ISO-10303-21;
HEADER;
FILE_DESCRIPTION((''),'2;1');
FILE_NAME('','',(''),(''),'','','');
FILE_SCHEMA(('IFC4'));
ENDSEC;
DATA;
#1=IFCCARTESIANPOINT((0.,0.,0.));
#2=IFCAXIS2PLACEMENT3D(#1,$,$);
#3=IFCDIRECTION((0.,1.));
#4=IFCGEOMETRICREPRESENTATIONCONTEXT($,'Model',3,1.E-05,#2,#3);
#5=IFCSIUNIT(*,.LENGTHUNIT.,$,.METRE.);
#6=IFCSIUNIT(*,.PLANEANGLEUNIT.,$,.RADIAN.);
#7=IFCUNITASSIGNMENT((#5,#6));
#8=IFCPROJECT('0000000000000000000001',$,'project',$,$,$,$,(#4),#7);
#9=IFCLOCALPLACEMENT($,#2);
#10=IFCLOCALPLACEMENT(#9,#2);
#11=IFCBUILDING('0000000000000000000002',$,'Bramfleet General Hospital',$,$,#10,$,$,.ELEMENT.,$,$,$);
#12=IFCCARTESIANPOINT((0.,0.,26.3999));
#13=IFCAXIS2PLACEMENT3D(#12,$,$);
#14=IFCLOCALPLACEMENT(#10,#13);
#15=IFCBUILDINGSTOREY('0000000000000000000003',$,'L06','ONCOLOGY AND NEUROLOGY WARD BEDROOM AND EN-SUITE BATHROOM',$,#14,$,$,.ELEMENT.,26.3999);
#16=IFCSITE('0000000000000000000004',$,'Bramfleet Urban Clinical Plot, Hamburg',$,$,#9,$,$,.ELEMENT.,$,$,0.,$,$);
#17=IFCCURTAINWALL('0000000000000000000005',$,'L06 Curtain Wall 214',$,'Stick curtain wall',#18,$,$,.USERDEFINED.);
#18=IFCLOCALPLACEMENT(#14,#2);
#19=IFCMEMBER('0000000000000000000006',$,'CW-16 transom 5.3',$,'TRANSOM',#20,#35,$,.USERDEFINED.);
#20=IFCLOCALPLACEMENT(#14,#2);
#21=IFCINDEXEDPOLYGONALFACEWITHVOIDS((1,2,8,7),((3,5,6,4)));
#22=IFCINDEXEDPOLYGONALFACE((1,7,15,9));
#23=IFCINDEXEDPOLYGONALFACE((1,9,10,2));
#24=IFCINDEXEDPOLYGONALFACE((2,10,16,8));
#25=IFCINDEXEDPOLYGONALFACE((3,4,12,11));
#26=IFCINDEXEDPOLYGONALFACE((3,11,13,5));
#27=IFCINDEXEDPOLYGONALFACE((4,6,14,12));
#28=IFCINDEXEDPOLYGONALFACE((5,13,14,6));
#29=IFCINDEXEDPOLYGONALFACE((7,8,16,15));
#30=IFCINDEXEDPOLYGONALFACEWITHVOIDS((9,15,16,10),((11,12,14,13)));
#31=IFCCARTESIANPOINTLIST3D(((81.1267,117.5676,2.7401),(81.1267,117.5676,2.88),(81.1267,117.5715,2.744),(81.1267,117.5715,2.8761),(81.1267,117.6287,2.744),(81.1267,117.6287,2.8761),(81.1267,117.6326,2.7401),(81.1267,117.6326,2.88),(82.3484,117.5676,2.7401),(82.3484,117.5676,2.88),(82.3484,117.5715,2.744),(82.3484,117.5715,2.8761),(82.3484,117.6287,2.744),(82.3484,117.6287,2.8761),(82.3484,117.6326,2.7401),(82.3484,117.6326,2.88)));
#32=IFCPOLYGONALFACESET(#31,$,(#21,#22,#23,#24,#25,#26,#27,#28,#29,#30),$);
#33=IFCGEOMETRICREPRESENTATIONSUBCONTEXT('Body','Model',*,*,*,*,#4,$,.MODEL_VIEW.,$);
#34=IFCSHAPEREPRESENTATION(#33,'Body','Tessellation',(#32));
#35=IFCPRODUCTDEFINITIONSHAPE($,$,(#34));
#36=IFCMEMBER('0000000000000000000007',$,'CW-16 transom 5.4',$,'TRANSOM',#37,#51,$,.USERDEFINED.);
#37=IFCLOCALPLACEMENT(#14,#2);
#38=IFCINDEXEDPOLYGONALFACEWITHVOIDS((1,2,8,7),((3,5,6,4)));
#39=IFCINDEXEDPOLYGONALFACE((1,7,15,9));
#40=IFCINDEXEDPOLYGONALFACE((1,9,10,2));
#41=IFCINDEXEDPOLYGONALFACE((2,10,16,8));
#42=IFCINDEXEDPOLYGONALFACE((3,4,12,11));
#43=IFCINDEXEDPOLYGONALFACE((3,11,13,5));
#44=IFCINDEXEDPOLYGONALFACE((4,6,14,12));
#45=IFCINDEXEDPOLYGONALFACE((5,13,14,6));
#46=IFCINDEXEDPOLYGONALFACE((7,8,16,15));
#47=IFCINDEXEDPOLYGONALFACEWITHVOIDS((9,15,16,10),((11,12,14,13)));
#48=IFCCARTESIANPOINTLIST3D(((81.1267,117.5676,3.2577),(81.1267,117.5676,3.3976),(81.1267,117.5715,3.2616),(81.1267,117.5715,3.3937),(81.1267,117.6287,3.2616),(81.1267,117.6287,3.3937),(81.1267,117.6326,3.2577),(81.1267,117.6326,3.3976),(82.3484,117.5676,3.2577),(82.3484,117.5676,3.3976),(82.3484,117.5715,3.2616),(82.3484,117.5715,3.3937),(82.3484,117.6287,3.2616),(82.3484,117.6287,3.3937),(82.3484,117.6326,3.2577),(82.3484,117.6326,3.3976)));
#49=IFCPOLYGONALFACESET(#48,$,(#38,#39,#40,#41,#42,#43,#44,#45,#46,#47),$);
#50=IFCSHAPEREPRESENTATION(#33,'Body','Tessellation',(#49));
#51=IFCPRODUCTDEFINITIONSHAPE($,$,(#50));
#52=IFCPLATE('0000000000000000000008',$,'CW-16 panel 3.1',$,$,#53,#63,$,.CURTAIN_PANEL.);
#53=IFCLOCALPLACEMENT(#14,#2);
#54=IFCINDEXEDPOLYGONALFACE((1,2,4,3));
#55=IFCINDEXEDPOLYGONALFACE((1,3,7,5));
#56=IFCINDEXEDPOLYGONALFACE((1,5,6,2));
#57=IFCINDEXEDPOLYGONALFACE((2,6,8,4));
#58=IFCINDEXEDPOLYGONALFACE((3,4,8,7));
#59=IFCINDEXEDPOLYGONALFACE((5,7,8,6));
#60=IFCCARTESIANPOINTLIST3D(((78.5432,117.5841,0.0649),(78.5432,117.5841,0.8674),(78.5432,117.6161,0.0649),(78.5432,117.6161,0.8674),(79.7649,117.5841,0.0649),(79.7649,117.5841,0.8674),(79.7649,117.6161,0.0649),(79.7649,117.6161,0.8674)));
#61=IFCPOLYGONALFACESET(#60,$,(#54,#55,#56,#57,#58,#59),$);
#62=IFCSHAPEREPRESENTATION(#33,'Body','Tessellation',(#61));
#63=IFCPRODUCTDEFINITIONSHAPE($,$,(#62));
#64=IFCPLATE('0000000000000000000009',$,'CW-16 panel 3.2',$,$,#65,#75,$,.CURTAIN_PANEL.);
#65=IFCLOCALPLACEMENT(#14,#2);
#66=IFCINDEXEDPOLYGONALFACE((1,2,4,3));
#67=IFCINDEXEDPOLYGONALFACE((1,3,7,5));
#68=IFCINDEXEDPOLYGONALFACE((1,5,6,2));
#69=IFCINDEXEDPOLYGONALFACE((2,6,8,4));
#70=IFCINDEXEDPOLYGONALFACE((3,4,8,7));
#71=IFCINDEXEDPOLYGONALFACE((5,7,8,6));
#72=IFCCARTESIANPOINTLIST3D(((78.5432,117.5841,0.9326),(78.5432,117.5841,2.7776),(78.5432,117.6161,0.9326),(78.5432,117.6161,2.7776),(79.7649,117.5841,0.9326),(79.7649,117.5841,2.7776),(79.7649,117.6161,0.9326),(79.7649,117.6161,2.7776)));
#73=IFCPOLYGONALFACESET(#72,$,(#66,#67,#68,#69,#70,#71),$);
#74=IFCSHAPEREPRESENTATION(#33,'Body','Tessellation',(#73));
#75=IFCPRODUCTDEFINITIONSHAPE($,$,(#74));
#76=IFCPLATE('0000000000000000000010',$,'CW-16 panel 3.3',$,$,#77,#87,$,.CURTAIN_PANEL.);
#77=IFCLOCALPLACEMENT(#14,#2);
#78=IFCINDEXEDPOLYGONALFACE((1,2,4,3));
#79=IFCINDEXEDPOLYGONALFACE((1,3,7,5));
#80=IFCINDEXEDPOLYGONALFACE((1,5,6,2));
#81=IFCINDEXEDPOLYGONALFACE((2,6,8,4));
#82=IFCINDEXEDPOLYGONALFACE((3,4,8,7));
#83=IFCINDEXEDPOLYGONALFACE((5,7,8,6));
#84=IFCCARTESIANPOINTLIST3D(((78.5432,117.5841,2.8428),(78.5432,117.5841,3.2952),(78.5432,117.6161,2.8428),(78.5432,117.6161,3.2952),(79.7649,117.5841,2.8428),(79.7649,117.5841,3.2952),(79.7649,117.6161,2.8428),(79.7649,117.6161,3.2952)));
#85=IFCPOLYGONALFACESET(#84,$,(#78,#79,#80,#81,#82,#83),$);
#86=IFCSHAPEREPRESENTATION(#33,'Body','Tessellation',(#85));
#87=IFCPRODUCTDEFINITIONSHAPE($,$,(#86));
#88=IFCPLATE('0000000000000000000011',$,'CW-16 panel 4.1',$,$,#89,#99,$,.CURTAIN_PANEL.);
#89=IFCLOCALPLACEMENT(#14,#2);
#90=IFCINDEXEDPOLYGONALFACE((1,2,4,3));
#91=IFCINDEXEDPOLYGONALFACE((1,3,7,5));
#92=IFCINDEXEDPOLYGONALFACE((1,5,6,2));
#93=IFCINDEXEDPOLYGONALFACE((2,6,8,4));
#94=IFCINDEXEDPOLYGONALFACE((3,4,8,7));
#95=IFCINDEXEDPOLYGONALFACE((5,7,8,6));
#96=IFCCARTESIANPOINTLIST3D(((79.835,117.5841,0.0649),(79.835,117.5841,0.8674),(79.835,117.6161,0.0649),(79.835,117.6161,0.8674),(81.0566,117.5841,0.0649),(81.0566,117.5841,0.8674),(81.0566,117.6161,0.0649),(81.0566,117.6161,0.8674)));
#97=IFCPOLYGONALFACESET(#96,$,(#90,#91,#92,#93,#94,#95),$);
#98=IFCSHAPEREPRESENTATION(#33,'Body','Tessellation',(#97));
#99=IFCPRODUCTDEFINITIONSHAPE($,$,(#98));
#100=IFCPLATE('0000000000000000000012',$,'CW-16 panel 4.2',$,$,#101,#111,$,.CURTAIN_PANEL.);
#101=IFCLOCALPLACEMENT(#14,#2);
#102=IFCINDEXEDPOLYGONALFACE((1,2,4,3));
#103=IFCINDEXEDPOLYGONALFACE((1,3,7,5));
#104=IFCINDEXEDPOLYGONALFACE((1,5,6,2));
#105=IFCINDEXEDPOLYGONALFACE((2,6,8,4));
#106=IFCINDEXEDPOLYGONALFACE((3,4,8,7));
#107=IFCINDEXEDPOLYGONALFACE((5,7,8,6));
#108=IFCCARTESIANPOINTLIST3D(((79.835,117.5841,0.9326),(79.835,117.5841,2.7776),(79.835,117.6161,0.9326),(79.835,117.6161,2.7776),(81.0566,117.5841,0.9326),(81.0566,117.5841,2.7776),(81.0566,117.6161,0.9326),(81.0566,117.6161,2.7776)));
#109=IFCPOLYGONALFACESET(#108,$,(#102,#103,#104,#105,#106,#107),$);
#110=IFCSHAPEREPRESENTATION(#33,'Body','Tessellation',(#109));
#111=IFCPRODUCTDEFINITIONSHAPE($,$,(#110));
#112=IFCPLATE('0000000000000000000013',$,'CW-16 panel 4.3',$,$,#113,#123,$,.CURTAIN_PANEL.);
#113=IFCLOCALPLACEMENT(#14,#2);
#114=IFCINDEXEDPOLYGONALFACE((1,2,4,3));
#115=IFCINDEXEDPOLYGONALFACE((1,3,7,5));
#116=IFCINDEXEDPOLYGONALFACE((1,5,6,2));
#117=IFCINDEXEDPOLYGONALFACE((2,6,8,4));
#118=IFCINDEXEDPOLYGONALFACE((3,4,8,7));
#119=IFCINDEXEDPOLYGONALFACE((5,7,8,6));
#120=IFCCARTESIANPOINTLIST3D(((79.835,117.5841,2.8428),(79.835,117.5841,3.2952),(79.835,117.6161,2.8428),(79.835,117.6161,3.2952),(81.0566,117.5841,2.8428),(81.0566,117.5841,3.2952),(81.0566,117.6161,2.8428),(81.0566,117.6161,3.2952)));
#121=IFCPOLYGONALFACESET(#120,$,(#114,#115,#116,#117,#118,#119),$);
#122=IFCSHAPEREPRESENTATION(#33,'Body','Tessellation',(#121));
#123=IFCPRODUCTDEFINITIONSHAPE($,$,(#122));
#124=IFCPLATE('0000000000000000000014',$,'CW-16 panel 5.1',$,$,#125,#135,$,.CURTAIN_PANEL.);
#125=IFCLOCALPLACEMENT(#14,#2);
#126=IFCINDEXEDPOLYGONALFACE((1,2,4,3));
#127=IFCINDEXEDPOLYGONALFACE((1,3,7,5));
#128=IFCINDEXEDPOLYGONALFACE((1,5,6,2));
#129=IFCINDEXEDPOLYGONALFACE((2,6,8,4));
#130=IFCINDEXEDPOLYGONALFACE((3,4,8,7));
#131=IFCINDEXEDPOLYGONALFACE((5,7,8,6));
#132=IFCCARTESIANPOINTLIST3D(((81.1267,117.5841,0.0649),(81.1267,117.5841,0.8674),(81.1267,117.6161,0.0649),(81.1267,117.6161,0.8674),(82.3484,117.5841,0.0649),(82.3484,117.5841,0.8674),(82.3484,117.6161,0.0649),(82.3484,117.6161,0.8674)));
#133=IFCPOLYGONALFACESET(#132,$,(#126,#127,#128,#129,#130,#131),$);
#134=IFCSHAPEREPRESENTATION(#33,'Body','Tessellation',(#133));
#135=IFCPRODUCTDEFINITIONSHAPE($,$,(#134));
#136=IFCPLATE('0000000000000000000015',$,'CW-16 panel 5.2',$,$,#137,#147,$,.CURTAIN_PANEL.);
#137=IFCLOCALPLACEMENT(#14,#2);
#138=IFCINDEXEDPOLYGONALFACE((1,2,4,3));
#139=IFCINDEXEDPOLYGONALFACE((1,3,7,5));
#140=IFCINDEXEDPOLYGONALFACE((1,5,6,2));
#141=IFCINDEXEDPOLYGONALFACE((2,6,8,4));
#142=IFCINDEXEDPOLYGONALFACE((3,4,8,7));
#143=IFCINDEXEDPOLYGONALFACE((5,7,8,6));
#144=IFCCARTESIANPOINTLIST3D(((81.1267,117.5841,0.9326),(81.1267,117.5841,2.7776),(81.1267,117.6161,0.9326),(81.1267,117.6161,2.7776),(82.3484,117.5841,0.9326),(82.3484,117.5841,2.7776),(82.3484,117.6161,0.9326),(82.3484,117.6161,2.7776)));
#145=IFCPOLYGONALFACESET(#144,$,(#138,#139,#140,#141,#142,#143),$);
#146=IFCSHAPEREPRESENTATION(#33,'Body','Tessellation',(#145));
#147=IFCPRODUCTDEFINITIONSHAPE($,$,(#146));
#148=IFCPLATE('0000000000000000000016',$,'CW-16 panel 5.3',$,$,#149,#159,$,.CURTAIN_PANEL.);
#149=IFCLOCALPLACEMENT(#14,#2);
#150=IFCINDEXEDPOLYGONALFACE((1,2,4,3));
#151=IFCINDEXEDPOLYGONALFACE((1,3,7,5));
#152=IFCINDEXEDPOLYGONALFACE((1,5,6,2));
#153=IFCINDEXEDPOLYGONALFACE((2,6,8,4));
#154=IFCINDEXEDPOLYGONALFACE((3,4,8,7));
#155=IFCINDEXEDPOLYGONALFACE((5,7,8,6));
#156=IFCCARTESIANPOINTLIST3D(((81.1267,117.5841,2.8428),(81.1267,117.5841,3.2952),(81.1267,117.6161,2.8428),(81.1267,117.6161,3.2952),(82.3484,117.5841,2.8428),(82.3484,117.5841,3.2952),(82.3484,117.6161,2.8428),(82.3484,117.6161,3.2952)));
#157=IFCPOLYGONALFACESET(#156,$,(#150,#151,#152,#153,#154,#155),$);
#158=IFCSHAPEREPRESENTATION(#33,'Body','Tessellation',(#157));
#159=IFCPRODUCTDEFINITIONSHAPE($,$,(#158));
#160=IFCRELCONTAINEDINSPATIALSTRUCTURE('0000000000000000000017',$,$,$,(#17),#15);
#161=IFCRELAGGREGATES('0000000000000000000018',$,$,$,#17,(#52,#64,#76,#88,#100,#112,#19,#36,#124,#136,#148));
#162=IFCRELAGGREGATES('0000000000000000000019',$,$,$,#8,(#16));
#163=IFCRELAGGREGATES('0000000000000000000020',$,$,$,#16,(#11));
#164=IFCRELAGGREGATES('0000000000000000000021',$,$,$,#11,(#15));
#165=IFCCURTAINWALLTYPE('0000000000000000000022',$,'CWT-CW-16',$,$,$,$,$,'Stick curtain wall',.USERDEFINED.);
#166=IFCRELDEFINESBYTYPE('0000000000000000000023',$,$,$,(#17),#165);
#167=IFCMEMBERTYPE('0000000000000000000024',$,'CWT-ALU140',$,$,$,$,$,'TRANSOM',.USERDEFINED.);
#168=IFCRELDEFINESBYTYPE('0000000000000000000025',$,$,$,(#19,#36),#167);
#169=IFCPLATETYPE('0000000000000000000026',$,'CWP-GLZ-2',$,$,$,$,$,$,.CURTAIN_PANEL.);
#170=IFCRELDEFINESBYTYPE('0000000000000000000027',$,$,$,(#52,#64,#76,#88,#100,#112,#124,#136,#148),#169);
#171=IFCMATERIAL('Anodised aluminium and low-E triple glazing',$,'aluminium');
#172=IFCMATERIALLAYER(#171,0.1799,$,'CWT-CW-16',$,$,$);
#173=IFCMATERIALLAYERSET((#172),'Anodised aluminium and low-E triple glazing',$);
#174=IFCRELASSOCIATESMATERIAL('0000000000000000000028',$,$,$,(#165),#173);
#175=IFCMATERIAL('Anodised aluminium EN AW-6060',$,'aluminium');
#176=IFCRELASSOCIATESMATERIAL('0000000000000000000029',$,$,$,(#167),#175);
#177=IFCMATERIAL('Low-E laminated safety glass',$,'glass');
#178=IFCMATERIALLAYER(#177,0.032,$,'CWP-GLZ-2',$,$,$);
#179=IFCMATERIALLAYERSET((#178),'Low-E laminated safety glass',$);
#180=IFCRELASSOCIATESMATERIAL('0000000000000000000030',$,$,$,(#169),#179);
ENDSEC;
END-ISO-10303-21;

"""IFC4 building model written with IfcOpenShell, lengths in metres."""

from ifc_helpers import new_model, si_unit, direction, frame, origin, origin_2d, place, context, subcontext, project, spatial, rectangle, hollow_rectangle, extrude, material, layer, layer_set, material_profile, profile_set, type_object, element, aggregate, save


model = new_model("IFC4")

# Units and contexts
model_context = context("Model", 3, precision=1e-05, world=origin(), true_north=direction((0.0, 1.0)))
body_context = subcontext(model_context, "Body", "Model", "MODEL_VIEW")
ifc_project = project(units=[si_unit("LENGTHUNIT", "METRE"), si_unit("PLANEANGLEUNIT", "RADIAN")], contexts=[model_context])

# Site, building, storey
site_placement = place(None, origin())
site = spatial("IfcSite", under=ifc_project, at=site_placement, Name="Bramfleet Urban Clinical Plot, Hamburg", CompositionType="ELEMENT", RefElevation=0.0)
building_placement = place(site_placement, origin())
building = spatial("IfcBuilding", under=site, at=building_placement, Name="Bramfleet General Hospital", CompositionType="ELEMENT")
storey_placement = place(building_placement, frame((0.0, 0.0, 26.3999)))
storey = spatial("IfcBuildingStorey", under=building, at=storey_placement, Name="L06", Description="ONCOLOGY AND NEUROLOGY WARD BEDROOM AND EN-SUITE BATHROOM", CompositionType="ELEMENT", Elevation=26.3999)

# Curtain wall, members, plates
ifc_material_1 = material(Name="Anodised aluminium and low-E triple glazing", Category="aluminium")
ifc_layer_1 = layer(ifc_material_1, 0.1799, Name="CWT-CW-16")
ifc_layer_set_1 = layer_set([ifc_layer_1], Name="Anodised aluminium and low-E triple glazing")
curtain_wall_type = type_object("IfcCurtainWallType", Name="CWT-CW-16", ElementType="Stick curtain wall", PredefinedType="USERDEFINED", material=ifc_layer_set_1)
curtain_wall_placement = place(storey_placement, origin())
curtain_wall = element("IfcCurtainWall", 1, at=curtain_wall_placement, inside=storey, type_object=curtain_wall_type, Name="L06 Curtain Wall 214", ObjectType="Stick curtain wall", PredefinedType="USERDEFINED")
ifc_material_2 = material(Name="Anodised aluminium EN AW-6060", Category="aluminium")
ifc_material_profile_1 = material_profile(ifc_material_2, hollow_rectangle(XDim=0.0649, YDim=0.1399, WallThickness=0.0039, at=origin_2d()), Name="ALU 140x65x4.0")
ifc_profile_set_1 = profile_set([ifc_material_profile_1], Name="Anodised aluminium EN AW-6060")
member_type_1 = type_object("IfcMemberType", Name="CWT-ALU140", ElementType="TRANSOM", PredefinedType="USERDEFINED", material=ifc_profile_set_1)
member_1_placement = place(storey_placement, frame((81.1267, 117.6001, 2.8101), z_axis=(1.0, 0.0, 0.0), x_axis=(0.0, 1.0, 0.0)))
member_1 = element("IfcMember", 2, at=member_1_placement, type_object=member_type_1, Name="CW-16 transom 5.3", ObjectType="TRANSOM", PredefinedType="USERDEFINED", context=body_context, shape_type="SweptSolid", body=[
    extrude(hollow_rectangle(XDim=0.0649, YDim=0.1399, WallThickness=0.0039, at=origin_2d()), origin(), (0.0, 0.0, 1.0), 1.2217),
])
member_2_placement = place(storey_placement, frame((81.1267, 117.6001, 3.3276), z_axis=(1.0, 0.0, 0.0), x_axis=(0.0, 1.0, 0.0)))
member_2 = element("IfcMember", 3, at=member_2_placement, type_object=member_type_1, Name="CW-16 transom 5.4", ObjectType="TRANSOM", PredefinedType="USERDEFINED", context=body_context, shape_type="SweptSolid", body=[
    extrude(hollow_rectangle(XDim=0.0649, YDim=0.1399, WallThickness=0.0039, at=origin_2d()), origin(), (0.0, 0.0, 1.0), 1.2217),
])
ifc_material_3 = material(Name="Low-E laminated safety glass", Category="glass")
ifc_layer_2 = layer(ifc_material_3, 0.032, Name="CWP-GLZ-2")
ifc_layer_set_2 = layer_set([ifc_layer_2], Name="Low-E laminated safety glass")
plate_type = type_object("IfcPlateType", Name="CWP-GLZ-2", PredefinedType="CURTAIN_PANEL", material=ifc_layer_set_2)
plate_1_placement = place(storey_placement, frame((79.1541, 117.6001, 0.0649), z_axis=(0.0, 0.0, 1.0), x_axis=(1.0, 0.0, 0.0)))
plate_1 = element("IfcPlate", 4, at=plate_1_placement, type_object=plate_type, Name="CW-16 panel 3.1", PredefinedType="CURTAIN_PANEL", context=body_context, shape_type="SweptSolid", body=[
    extrude(rectangle(XDim=1.2217, YDim=0.032, at=origin_2d()), origin(), (0.0, 0.0, 1.0), 0.8025),
])
plate_2_placement = place(storey_placement, frame((79.1541, 117.6001, 0.9326), z_axis=(0.0, 0.0, 1.0), x_axis=(1.0, 0.0, 0.0)))
plate_2 = element("IfcPlate", 5, at=plate_2_placement, type_object=plate_type, Name="CW-16 panel 3.2", PredefinedType="CURTAIN_PANEL", context=body_context, shape_type="SweptSolid", body=[
    extrude(rectangle(XDim=1.2217, YDim=0.032, at=origin_2d()), origin(), (0.0, 0.0, 1.0), 1.845),
])
plate_3_placement = place(storey_placement, frame((79.1541, 117.6001, 2.8428), z_axis=(0.0, 0.0, 1.0), x_axis=(1.0, 0.0, 0.0)))
plate_3 = element("IfcPlate", 6, at=plate_3_placement, type_object=plate_type, Name="CW-16 panel 3.3", PredefinedType="CURTAIN_PANEL", context=body_context, shape_type="SweptSolid", body=[
    extrude(rectangle(XDim=1.2217, YDim=0.032, at=origin_2d()), origin(), (0.0, 0.0, 1.0), 0.4524),
])
plate_4_placement = place(storey_placement, frame((80.4458, 117.6001, 0.0649), z_axis=(0.0, 0.0, 1.0), x_axis=(1.0, 0.0, 0.0)))
plate_4 = element("IfcPlate", 7, at=plate_4_placement, type_object=plate_type, Name="CW-16 panel 4.1", PredefinedType="CURTAIN_PANEL", context=body_context, shape_type="SweptSolid", body=[
    extrude(rectangle(XDim=1.2217, YDim=0.032, at=origin_2d()), origin(), (0.0, 0.0, 1.0), 0.8025),
])
plate_5_placement = place(storey_placement, frame((80.4458, 117.6001, 0.9326), z_axis=(0.0, 0.0, 1.0), x_axis=(1.0, 0.0, 0.0)))
plate_5 = element("IfcPlate", 8, at=plate_5_placement, type_object=plate_type, Name="CW-16 panel 4.2", PredefinedType="CURTAIN_PANEL", context=body_context, shape_type="SweptSolid", body=[
    extrude(rectangle(XDim=1.2217, YDim=0.032, at=origin_2d()), origin(), (0.0, 0.0, 1.0), 1.845),
])
plate_6_placement = place(storey_placement, frame((80.4458, 117.6001, 2.8428), z_axis=(0.0, 0.0, 1.0), x_axis=(1.0, 0.0, 0.0)))
plate_6 = element("IfcPlate", 9, at=plate_6_placement, type_object=plate_type, Name="CW-16 panel 4.3", PredefinedType="CURTAIN_PANEL", context=body_context, shape_type="SweptSolid", body=[
    extrude(rectangle(XDim=1.2217, YDim=0.032, at=origin_2d()), origin(), (0.0, 0.0, 1.0), 0.4524),
])
plate_7_placement = place(storey_placement, frame((81.7375, 117.6001, 0.0649), z_axis=(0.0, 0.0, 1.0), x_axis=(1.0, 0.0, 0.0)))
plate_7 = element("IfcPlate", 10, at=plate_7_placement, type_object=plate_type, Name="CW-16 panel 5.1", PredefinedType="CURTAIN_PANEL", context=body_context, shape_type="SweptSolid", body=[
    extrude(rectangle(XDim=1.2217, YDim=0.032, at=origin_2d()), origin(), (0.0, 0.0, 1.0), 0.8025),
])
plate_8_placement = place(storey_placement, frame((81.7375, 117.6001, 0.9326), z_axis=(0.0, 0.0, 1.0), x_axis=(1.0, 0.0, 0.0)))
plate_8 = element("IfcPlate", 11, at=plate_8_placement, type_object=plate_type, Name="CW-16 panel 5.2", PredefinedType="CURTAIN_PANEL", context=body_context, shape_type="SweptSolid", body=[
    extrude(rectangle(XDim=1.2217, YDim=0.032, at=origin_2d()), origin(), (0.0, 0.0, 1.0), 1.845),
])
plate_9_placement = place(storey_placement, frame((81.7375, 117.6001, 2.8428), z_axis=(0.0, 0.0, 1.0), x_axis=(1.0, 0.0, 0.0)))
plate_9 = element("IfcPlate", 12, at=plate_9_placement, type_object=plate_type, Name="CW-16 panel 5.3", PredefinedType="CURTAIN_PANEL", context=body_context, shape_type="SweptSolid", body=[
    extrude(rectangle(XDim=1.2217, YDim=0.032, at=origin_2d()), origin(), (0.0, 0.0, 1.0), 0.4524),
])
aggregate(curtain_wall, [plate_1, plate_2, plate_3, plate_4, plate_5, plate_6, member_1, member_2, plate_7, plate_8, plate_9])

save(model, "model.ifc")
